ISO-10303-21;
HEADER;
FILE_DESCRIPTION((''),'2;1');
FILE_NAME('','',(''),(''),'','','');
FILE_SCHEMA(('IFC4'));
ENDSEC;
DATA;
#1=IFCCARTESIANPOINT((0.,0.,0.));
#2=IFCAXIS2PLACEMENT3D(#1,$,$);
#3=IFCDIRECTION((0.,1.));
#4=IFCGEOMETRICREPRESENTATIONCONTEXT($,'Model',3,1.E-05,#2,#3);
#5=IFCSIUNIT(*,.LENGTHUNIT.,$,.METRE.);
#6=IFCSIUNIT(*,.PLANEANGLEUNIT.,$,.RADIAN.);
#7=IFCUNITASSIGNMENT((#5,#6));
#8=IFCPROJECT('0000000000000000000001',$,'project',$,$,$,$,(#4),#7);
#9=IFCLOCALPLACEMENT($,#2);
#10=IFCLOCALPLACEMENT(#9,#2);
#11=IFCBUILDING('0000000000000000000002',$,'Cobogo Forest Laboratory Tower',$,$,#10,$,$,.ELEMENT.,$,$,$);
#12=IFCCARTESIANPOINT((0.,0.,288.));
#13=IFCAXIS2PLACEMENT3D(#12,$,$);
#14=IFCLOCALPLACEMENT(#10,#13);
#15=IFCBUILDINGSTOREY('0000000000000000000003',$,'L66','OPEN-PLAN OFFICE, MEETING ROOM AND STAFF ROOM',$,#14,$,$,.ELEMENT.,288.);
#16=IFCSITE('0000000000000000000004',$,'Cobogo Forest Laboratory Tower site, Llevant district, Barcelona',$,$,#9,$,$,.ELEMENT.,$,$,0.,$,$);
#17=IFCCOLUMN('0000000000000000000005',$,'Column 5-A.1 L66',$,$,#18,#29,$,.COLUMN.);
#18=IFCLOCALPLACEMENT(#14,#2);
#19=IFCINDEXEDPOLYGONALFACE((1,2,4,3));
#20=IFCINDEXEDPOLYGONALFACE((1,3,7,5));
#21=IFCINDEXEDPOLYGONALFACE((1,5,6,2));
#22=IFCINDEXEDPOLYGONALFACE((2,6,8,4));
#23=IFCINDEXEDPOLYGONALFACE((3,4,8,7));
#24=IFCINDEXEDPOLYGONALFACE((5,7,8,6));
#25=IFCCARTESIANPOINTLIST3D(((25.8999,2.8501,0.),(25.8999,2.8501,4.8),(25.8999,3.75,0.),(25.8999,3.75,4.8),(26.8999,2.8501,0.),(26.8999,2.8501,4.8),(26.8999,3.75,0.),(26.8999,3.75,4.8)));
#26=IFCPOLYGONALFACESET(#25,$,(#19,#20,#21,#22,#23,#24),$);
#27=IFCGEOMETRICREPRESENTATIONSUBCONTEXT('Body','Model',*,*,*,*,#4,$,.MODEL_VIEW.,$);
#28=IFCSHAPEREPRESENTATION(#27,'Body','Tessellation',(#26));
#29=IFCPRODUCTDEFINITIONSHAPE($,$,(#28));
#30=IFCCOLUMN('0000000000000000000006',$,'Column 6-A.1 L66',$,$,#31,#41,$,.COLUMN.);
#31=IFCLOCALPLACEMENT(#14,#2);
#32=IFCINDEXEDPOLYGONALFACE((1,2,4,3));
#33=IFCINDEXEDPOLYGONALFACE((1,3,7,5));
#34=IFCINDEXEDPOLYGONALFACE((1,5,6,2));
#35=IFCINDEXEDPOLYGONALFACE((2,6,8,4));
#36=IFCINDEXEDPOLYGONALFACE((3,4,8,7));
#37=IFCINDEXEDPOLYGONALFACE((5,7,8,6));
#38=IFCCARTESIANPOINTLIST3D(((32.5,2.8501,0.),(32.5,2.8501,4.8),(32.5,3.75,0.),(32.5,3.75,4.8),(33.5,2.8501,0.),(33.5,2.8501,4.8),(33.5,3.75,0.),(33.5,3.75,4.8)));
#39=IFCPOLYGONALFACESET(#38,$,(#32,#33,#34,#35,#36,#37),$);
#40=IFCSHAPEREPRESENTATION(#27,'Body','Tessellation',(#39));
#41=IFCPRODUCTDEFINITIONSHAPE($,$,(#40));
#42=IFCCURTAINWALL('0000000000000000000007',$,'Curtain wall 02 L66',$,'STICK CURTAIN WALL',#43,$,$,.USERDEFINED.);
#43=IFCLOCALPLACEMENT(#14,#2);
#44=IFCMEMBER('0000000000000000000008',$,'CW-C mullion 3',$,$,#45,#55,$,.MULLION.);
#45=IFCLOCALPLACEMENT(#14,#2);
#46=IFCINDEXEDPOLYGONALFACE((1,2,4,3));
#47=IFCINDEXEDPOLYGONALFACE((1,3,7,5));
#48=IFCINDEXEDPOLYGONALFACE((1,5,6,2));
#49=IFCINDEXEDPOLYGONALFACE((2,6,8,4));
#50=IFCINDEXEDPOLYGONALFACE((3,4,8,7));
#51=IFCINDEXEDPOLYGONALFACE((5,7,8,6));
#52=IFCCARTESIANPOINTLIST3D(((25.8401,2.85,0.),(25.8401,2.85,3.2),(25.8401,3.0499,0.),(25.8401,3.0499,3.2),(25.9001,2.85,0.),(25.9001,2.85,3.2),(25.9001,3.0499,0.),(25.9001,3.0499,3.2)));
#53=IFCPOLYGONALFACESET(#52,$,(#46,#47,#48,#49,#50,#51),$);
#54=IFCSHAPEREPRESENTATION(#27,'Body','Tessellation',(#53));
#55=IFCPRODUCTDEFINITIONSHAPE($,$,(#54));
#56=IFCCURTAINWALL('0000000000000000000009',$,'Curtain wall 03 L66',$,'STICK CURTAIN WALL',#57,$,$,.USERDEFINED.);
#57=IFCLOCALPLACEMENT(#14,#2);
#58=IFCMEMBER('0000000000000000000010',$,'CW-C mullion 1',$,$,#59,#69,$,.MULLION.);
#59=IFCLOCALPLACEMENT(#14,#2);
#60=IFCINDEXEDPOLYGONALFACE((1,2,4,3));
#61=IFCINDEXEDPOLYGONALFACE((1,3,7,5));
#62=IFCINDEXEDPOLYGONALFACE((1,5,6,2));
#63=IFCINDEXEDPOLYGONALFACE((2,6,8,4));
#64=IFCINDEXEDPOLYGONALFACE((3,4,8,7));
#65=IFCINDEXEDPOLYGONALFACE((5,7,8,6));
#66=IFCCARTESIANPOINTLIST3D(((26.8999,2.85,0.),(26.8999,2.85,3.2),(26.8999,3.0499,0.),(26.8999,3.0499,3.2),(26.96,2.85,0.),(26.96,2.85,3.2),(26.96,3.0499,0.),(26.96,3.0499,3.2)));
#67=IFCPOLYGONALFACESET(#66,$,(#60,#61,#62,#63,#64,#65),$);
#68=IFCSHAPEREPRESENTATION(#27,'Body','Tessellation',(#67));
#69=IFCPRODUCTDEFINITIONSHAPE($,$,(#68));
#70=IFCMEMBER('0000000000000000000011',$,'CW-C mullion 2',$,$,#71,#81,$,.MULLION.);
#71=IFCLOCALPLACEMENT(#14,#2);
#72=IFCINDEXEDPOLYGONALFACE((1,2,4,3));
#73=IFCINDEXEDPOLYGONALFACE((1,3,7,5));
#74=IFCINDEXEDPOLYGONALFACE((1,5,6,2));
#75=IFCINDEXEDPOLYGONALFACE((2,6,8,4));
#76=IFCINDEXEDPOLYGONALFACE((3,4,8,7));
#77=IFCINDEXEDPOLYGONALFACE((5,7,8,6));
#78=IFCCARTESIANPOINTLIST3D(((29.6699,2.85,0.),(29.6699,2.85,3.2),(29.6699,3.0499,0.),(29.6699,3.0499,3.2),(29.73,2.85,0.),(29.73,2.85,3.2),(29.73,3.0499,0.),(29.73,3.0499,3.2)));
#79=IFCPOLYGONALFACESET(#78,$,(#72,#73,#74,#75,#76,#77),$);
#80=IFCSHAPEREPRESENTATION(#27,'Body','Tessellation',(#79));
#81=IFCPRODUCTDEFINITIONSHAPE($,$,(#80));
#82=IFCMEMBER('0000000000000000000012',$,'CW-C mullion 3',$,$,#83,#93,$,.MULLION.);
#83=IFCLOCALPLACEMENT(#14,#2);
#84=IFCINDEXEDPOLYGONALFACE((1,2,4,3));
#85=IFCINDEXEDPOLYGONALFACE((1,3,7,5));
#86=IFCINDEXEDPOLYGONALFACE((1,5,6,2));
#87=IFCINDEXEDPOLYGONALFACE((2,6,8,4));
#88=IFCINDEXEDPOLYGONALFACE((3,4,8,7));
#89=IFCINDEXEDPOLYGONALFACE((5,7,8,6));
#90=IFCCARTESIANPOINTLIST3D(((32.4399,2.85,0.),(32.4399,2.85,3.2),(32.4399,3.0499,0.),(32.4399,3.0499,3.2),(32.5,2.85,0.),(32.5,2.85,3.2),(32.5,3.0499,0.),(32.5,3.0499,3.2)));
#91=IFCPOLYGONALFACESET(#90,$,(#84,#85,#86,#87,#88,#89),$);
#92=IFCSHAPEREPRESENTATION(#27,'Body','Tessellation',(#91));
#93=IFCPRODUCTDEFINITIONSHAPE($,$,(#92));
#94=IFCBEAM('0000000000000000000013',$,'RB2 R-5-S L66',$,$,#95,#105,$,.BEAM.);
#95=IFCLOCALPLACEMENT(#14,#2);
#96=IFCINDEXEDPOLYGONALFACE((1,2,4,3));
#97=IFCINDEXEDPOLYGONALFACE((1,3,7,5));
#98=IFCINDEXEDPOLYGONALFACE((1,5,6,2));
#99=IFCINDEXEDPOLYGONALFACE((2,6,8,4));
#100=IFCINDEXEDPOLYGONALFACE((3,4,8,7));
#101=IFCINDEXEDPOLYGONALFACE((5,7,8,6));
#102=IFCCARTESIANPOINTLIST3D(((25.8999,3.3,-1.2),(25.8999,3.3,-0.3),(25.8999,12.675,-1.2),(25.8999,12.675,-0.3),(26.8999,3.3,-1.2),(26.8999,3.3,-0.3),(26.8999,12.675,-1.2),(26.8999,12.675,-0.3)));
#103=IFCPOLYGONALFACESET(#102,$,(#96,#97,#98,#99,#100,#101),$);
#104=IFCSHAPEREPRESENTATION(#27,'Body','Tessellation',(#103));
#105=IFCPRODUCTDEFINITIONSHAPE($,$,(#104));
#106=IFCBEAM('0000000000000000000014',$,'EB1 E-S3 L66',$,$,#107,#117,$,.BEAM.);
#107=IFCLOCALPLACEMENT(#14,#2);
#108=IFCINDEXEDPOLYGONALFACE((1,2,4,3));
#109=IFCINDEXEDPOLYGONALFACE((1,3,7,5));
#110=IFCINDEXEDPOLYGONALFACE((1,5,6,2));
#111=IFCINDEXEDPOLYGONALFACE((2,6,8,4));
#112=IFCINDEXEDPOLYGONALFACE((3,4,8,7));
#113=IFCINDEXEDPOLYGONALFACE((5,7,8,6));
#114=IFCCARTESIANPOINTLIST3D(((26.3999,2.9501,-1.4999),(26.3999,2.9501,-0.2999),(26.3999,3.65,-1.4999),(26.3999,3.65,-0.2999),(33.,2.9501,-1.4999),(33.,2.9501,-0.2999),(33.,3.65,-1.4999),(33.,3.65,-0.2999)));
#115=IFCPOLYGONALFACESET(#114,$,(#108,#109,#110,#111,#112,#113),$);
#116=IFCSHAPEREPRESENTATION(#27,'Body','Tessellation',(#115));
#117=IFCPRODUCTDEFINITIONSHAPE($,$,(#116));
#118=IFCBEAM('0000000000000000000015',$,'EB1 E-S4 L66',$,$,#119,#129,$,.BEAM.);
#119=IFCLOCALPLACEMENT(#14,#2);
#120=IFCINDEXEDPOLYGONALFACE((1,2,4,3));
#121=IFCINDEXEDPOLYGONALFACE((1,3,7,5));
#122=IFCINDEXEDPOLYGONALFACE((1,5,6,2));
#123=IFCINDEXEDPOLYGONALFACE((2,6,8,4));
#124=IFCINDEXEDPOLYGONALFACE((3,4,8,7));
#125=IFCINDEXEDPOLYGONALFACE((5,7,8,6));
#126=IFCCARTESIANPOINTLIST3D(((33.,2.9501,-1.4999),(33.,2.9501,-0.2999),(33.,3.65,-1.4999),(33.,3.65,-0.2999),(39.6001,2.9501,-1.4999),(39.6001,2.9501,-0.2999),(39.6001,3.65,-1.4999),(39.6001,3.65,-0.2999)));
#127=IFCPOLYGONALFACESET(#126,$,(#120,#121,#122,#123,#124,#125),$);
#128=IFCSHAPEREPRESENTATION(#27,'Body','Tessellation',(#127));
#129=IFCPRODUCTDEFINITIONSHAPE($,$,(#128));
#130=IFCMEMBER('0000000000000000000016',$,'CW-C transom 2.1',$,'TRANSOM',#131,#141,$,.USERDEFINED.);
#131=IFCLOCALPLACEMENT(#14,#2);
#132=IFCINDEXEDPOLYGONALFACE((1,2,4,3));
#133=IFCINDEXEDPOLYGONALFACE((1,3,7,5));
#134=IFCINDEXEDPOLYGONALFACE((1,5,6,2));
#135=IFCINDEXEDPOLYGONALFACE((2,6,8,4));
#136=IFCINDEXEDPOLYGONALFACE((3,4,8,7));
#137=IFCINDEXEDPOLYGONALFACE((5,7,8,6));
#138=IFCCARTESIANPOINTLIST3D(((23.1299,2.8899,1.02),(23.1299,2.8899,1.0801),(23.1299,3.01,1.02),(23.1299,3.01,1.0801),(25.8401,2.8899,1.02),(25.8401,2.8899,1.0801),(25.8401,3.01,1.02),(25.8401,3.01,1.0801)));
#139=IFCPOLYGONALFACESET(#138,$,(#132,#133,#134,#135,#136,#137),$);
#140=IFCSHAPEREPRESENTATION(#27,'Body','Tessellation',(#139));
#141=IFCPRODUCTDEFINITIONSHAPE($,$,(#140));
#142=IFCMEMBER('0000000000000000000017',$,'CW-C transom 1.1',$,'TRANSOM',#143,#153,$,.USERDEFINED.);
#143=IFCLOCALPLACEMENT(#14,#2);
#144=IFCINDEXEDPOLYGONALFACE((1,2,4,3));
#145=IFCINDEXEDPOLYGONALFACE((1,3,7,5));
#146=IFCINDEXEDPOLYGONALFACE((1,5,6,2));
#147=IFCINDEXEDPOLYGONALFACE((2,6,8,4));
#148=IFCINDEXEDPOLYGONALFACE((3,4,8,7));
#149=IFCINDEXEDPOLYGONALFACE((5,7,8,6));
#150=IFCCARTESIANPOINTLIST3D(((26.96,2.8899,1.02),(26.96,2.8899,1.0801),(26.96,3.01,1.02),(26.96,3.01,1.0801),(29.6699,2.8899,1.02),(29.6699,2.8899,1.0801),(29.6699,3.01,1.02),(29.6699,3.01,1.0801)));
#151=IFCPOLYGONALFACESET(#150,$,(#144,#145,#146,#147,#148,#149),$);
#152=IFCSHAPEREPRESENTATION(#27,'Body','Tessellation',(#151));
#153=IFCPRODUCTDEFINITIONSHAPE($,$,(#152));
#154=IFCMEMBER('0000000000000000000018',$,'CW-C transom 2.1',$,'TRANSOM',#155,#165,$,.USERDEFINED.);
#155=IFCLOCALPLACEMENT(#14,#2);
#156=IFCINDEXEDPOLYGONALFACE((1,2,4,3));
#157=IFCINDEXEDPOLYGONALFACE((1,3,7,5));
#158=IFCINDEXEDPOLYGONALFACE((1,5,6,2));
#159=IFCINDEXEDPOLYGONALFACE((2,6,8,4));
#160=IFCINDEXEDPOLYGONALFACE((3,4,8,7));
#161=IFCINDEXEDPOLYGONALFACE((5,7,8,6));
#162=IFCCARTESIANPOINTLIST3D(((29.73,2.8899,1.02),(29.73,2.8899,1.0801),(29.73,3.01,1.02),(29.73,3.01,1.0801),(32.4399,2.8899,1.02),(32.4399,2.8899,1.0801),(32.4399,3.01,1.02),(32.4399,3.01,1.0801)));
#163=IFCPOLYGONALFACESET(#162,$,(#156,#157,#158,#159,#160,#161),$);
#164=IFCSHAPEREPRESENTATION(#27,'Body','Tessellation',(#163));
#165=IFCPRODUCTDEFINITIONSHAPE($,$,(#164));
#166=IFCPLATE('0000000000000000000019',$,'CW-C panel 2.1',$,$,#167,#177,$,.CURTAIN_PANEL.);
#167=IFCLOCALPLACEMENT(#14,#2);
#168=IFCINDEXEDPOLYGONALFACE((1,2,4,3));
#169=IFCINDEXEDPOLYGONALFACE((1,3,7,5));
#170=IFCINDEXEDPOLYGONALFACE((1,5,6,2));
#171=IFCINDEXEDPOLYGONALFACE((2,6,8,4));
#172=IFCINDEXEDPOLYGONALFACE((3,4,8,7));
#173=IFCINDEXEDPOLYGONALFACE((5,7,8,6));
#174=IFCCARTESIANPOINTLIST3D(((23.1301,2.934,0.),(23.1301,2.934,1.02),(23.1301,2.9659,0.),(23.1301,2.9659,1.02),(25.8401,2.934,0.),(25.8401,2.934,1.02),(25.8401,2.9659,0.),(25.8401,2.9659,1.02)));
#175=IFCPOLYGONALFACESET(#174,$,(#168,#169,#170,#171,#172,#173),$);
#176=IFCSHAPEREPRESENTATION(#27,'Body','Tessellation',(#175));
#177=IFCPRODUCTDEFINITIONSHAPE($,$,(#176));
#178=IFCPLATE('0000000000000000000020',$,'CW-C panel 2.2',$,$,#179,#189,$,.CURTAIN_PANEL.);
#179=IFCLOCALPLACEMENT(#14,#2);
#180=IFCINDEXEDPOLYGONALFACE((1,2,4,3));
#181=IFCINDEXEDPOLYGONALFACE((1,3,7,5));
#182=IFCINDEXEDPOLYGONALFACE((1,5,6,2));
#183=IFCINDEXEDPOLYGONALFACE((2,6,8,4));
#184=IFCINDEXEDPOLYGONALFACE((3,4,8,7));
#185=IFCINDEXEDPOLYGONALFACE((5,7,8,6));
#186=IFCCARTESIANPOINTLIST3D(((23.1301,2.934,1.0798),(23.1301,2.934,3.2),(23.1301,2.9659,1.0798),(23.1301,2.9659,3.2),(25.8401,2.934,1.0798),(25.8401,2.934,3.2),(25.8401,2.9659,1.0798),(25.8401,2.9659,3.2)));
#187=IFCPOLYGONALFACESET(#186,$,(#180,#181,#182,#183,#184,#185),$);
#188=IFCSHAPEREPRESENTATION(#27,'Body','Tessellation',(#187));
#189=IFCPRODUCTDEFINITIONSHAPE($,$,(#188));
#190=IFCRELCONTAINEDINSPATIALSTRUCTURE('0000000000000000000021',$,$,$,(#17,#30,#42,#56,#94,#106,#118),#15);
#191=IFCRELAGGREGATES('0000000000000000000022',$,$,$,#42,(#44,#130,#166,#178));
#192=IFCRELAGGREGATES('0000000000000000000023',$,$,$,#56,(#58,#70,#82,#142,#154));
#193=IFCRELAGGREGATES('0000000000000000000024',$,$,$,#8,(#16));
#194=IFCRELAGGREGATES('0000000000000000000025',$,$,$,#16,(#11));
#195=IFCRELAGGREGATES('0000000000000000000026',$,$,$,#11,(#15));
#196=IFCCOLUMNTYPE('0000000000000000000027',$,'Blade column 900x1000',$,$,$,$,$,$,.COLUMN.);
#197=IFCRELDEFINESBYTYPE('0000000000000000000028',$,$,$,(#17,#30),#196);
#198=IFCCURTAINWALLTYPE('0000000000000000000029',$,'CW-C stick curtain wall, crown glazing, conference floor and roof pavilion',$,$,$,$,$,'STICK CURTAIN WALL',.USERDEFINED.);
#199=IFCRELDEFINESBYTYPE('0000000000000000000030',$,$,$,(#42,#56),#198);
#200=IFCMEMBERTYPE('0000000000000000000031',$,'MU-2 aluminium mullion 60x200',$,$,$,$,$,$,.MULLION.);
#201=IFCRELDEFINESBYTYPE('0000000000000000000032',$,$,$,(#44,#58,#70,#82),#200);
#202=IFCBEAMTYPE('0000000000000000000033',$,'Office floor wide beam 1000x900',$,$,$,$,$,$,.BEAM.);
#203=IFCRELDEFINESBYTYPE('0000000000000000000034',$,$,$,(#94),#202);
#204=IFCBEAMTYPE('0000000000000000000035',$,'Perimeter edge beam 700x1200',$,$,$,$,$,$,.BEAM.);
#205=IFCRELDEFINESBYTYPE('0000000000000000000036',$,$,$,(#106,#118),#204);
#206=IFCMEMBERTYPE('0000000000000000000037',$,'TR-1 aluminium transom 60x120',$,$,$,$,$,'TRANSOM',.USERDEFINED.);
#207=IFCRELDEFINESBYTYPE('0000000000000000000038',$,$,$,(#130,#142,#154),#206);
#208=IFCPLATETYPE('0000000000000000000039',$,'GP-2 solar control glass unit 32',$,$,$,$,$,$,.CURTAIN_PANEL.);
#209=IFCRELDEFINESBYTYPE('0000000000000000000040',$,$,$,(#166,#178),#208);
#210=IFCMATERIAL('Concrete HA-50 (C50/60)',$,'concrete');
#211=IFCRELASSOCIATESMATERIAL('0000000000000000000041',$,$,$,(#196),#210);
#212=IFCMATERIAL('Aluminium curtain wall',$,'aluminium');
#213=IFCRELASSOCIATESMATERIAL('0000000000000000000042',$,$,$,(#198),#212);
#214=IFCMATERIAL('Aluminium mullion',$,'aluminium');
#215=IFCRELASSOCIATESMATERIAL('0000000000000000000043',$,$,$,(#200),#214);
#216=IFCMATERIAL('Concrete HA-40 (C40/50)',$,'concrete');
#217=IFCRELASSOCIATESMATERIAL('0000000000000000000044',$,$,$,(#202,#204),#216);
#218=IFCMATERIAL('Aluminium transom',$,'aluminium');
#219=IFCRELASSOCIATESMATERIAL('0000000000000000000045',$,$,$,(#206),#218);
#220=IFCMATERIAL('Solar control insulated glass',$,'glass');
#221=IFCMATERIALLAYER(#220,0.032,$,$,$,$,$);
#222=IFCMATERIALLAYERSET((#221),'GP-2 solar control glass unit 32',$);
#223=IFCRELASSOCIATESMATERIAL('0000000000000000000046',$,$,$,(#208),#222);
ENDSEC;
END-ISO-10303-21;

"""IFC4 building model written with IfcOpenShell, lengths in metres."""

from ifc_helpers import new_model, si_unit, direction, frame, origin, origin_2d, place, context, subcontext, project, spatial, rectangle, extrude, material, layer, layer_set, material_profile, profile_set, type_object, element, aggregate, save


model = new_model("IFC4")

# Units and contexts
model_context = context("Model", 3, precision=1e-05, world=origin(), true_north=direction((0.0, 1.0)))
body_context = subcontext(model_context, "Body", "Model", "MODEL_VIEW")
ifc_project = project(units=[si_unit("LENGTHUNIT", "METRE"), si_unit("PLANEANGLEUNIT", "RADIAN")], contexts=[model_context])

# Site, building, storey
site_placement = place(None, origin())
site = spatial("IfcSite", under=ifc_project, at=site_placement, Name="Cobogo Forest Laboratory Tower site, Llevant district, Barcelona", CompositionType="ELEMENT", RefElevation=0.0)
building_placement = place(site_placement, origin())
building = spatial("IfcBuilding", under=site, at=building_placement, Name="Cobogo Forest Laboratory Tower", CompositionType="ELEMENT")
storey_placement = place(building_placement, frame((0.0, 0.0, 288.0)))
storey = spatial("IfcBuildingStorey", under=building, at=storey_placement, Name="L66", Description="OPEN-PLAN OFFICE, MEETING ROOM AND STAFF ROOM", CompositionType="ELEMENT", Elevation=288.0)

# Columns
ifc_material_1 = material(Name="Concrete HA-50 (C50/60)", Category="concrete")
ifc_material_profile_1 = material_profile(ifc_material_1, rectangle(XDim=1.0, YDim=0.8999, at=origin_2d()), Name="RC 900x1000")
ifc_profile_set_1 = profile_set([ifc_material_profile_1], Name="Concrete HA-50 (C50/60)")
column_type = type_object("IfcColumnType", Name="Blade column 900x1000", PredefinedType="COLUMN", material=ifc_profile_set_1)
for number, where, z_axis, x_axis, name in (
    (1, (26.3999, 3.3, 0.0), (0.0, 0.0, 1.0), (1.0, 0.0, 0.0), "Column 5-A.1 L66"),
    (2, (33.0, 3.3, 0.0), (0.0, 0.0, 1.0), (1.0, 0.0, 0.0), "Column 6-A.1 L66"),
):
    element("IfcColumn", number, at=place(storey_placement, frame(where, z_axis=z_axis, x_axis=x_axis)), inside=storey, type_object=column_type, Name=name, PredefinedType="COLUMN", context=body_context, shape_type="SweptSolid", body=[
        extrude(rectangle(XDim=1.0, YDim=0.8999, at=origin_2d()), origin(), (0.0, 0.0, 1.0), 4.8),
    ])

# Curtain wall, member
ifc_material_2 = material(Name="Aluminium curtain wall", Category="aluminium")
curtain_wall_type = type_object("IfcCurtainWallType", Name="CW-C stick curtain wall, crown glazing, conference floor and roof pavilion", ElementType="STICK CURTAIN WALL", PredefinedType="USERDEFINED", material=ifc_material_2)
curtain_wall_1_placement = place(storey_placement, origin())
curtain_wall_1 = element("IfcCurtainWall", 3, at=curtain_wall_1_placement, inside=storey, type_object=curtain_wall_type, Name="Curtain wall 02 L66", ObjectType="STICK CURTAIN WALL", PredefinedType="USERDEFINED")
ifc_material_3 = material(Name="Aluminium mullion", Category="aluminium")
ifc_material_profile_2 = material_profile(ifc_material_3, rectangle(XDim=0.0601, YDim=0.2, at=origin_2d()), Name="AL 60x200")
ifc_profile_set_2 = profile_set([ifc_material_profile_2], Name="Aluminium mullion")
member_type_1 = type_object("IfcMemberType", Name="MU-2 aluminium mullion 60x200", PredefinedType="MULLION", material=ifc_profile_set_2)
member_1_placement = place(storey_placement, frame((25.8701, 2.95, 0.0), z_axis=(0.0, 0.0, 1.0), x_axis=(1.0, 0.0, 0.0)))
member_1 = element("IfcMember", 4, at=member_1_placement, type_object=member_type_1, Name="CW-C mullion 3", PredefinedType="MULLION", context=body_context, shape_type="SweptSolid", body=[
    extrude(rectangle(XDim=0.0601, YDim=0.2, at=origin_2d()), origin(), (0.0, 0.0, 1.0), 3.2),
])

# Curtain wall, members
curtain_wall_2_placement = place(storey_placement, origin())
curtain_wall_2 = element("IfcCurtainWall", 5, at=curtain_wall_2_placement, inside=storey, type_object=curtain_wall_type, Name="Curtain wall 03 L66", ObjectType="STICK CURTAIN WALL", PredefinedType="USERDEFINED")
member_2_placement = place(storey_placement, frame((26.9299, 2.95, 0.0), z_axis=(0.0, 0.0, 1.0), x_axis=(1.0, 0.0, 0.0)))
member_2 = element("IfcMember", 6, at=member_2_placement, type_object=member_type_1, Name="CW-C mullion 1", PredefinedType="MULLION", context=body_context, shape_type="SweptSolid", body=[
    extrude(rectangle(XDim=0.0601, YDim=0.2, at=origin_2d()), origin(), (0.0, 0.0, 1.0), 3.2),
])
member_3_placement = place(storey_placement, frame((29.7, 2.95, 0.0), z_axis=(0.0, 0.0, 1.0), x_axis=(1.0, 0.0, 0.0)))
member_3 = element("IfcMember", 7, at=member_3_placement, type_object=member_type_1, Name="CW-C mullion 2", PredefinedType="MULLION", context=body_context, shape_type="SweptSolid", body=[
    extrude(rectangle(XDim=0.0601, YDim=0.2, at=origin_2d()), origin(), (0.0, 0.0, 1.0), 3.2),
])
member_4_placement = place(storey_placement, frame((32.47, 2.95, 0.0), z_axis=(0.0, 0.0, 1.0), x_axis=(1.0, 0.0, 0.0)))
member_4 = element("IfcMember", 8, at=member_4_placement, type_object=member_type_1, Name="CW-C mullion 3", PredefinedType="MULLION", context=body_context, shape_type="SweptSolid", body=[
    extrude(rectangle(XDim=0.0601, YDim=0.2, at=origin_2d()), origin(), (0.0, 0.0, 1.0), 3.2),
])

# Beams
ifc_material_4 = material(Name="Concrete HA-40 (C40/50)", Category="concrete")
ifc_material_profile_3 = material_profile(ifc_material_4, rectangle(XDim=1.0, YDim=0.8999, at=origin_2d()), Name="RC 1000x900")
ifc_profile_set_3 = profile_set([ifc_material_profile_3], Name="Concrete HA-40 (C40/50)")
beam_type_1 = type_object("IfcBeamType", Name="Office floor wide beam 1000x900", PredefinedType="BEAM", material=ifc_profile_set_3)
beam_placement = place(storey_placement, frame((26.3999, 12.675, -0.75), z_axis=(0.0, -1.0, 0.0), x_axis=(1.0, 0.0, 0.0)))
element("IfcBeam", 9, at=beam_placement, inside=storey, type_object=beam_type_1, Name="RB2 R-5-S L66", PredefinedType="BEAM", context=body_context, shape_type="SweptSolid", body=[
    extrude(rectangle(XDim=1.0, YDim=0.8999, at=origin_2d()), origin(), (0.0, 0.0, 1.0), 9.375),
])
ifc_material_profile_4 = material_profile(ifc_material_4, rectangle(XDim=0.7, YDim=1.2, at=origin_2d()), Name="RC 700x1200")
ifc_profile_set_4 = profile_set([ifc_material_profile_4], Name="Concrete HA-40 (C40/50)")
beam_type_2 = type_object("IfcBeamType", Name="Perimeter edge beam 700x1200", PredefinedType="BEAM", material=ifc_profile_set_4)
for number, where, z_axis, x_axis, name in (
    (10, (26.3999, 3.3, -0.8999), (1.0, 0.0, 0.0), (0.0, 1.0, 0.0), "EB1 E-S3 L66"),
    (11, (33.0, 3.3, -0.8999), (1.0, 0.0, 0.0), (0.0, 1.0, 0.0), "EB1 E-S4 L66"),
):
    element("IfcBeam", number, at=place(storey_placement, frame(where, z_axis=z_axis, x_axis=x_axis)), inside=storey, type_object=beam_type_2, Name=name, PredefinedType="BEAM", context=body_context, shape_type="SweptSolid", body=[
        extrude(rectangle(XDim=0.7, YDim=1.2, at=origin_2d()), origin(), (0.0, 0.0, 1.0), 6.6001),
    ])

# Members
ifc_material_5 = material(Name="Aluminium transom", Category="aluminium")
ifc_material_profile_5 = material_profile(ifc_material_5, rectangle(XDim=0.1201, YDim=0.0601, at=origin_2d()), Name="AL 60x120")
ifc_profile_set_5 = profile_set([ifc_material_profile_5], Name="Aluminium transom")
member_type_2 = type_object("IfcMemberType", Name="TR-1 aluminium transom 60x120", ElementType="TRANSOM", PredefinedType="USERDEFINED", material=ifc_profile_set_5)
member_5_placement = place(storey_placement, frame((23.1299, 2.95, 1.05), z_axis=(1.0, 0.0, 0.0), x_axis=(0.0, 1.0, 0.0)))
member_5 = element("IfcMember", 12, at=member_5_placement, type_object=member_type_2, Name="CW-C transom 2.1", ObjectType="TRANSOM", PredefinedType="USERDEFINED", context=body_context, shape_type="SweptSolid", body=[
    extrude(rectangle(XDim=0.1201, YDim=0.0601, at=origin_2d()), origin(), (0.0, 0.0, 1.0), 2.7102),
])
member_6_placement = place(storey_placement, frame((26.96, 2.95, 1.05), z_axis=(1.0, 0.0, 0.0), x_axis=(0.0, 1.0, 0.0)))
member_6 = element("IfcMember", 13, at=member_6_placement, type_object=member_type_2, Name="CW-C transom 1.1", ObjectType="TRANSOM", PredefinedType="USERDEFINED", context=body_context, shape_type="SweptSolid", body=[
    extrude(rectangle(XDim=0.1201, YDim=0.0601, at=origin_2d()), origin(), (0.0, 0.0, 1.0), 2.71),
])
member_7_placement = place(storey_placement, frame((29.73, 2.95, 1.05), z_axis=(1.0, 0.0, 0.0), x_axis=(0.0, 1.0, 0.0)))
member_7 = element("IfcMember", 14, at=member_7_placement, type_object=member_type_2, Name="CW-C transom 2.1", ObjectType="TRANSOM", PredefinedType="USERDEFINED", context=body_context, shape_type="SweptSolid", body=[
    extrude(rectangle(XDim=0.1201, YDim=0.0601, at=origin_2d()), origin(), (0.0, 0.0, 1.0), 2.71),
])

# Plates
ifc_material_6 = material(Name="Solar control insulated glass", Category="glass")
ifc_layer_1 = layer(ifc_material_6, 0.032)
ifc_layer_set_1 = layer_set([ifc_layer_1], Name="GP-2 solar control glass unit 32")
plate_type = type_object("IfcPlateType", Name="GP-2 solar control glass unit 32", PredefinedType="CURTAIN_PANEL", material=ifc_layer_set_1)
plate_1_placement = place(storey_placement, frame((24.4851, 2.95, 0.0), z_axis=(0.0, 0.0, 1.0), x_axis=(1.0, 0.0, 0.0)))
plate_1 = element("IfcPlate", 15, at=plate_1_placement, type_object=plate_type, Name="CW-C panel 2.1", PredefinedType="CURTAIN_PANEL", context=body_context, shape_type="SweptSolid", body=[
    extrude(rectangle(XDim=2.71, YDim=0.032, at=origin_2d()), origin(), (0.0, 0.0, 1.0), 1.02),
])
plate_2_placement = place(storey_placement, frame((24.4851, 2.95, 1.0798), z_axis=(0.0, 0.0, 1.0), x_axis=(1.0, 0.0, 0.0)))
plate_2 = element("IfcPlate", 16, at=plate_2_placement, type_object=plate_type, Name="CW-C panel 2.2", PredefinedType="CURTAIN_PANEL", context=body_context, shape_type="SweptSolid", body=[
    extrude(rectangle(XDim=2.71, YDim=0.032, at=origin_2d()), origin(), (0.0, 0.0, 1.0), 2.1201),
])
aggregate(curtain_wall_1, [member_1, member_5, plate_1, plate_2])
aggregate(curtain_wall_2, [member_2, member_3, member_4, member_6, member_7])

save(model, "model.ifc")
